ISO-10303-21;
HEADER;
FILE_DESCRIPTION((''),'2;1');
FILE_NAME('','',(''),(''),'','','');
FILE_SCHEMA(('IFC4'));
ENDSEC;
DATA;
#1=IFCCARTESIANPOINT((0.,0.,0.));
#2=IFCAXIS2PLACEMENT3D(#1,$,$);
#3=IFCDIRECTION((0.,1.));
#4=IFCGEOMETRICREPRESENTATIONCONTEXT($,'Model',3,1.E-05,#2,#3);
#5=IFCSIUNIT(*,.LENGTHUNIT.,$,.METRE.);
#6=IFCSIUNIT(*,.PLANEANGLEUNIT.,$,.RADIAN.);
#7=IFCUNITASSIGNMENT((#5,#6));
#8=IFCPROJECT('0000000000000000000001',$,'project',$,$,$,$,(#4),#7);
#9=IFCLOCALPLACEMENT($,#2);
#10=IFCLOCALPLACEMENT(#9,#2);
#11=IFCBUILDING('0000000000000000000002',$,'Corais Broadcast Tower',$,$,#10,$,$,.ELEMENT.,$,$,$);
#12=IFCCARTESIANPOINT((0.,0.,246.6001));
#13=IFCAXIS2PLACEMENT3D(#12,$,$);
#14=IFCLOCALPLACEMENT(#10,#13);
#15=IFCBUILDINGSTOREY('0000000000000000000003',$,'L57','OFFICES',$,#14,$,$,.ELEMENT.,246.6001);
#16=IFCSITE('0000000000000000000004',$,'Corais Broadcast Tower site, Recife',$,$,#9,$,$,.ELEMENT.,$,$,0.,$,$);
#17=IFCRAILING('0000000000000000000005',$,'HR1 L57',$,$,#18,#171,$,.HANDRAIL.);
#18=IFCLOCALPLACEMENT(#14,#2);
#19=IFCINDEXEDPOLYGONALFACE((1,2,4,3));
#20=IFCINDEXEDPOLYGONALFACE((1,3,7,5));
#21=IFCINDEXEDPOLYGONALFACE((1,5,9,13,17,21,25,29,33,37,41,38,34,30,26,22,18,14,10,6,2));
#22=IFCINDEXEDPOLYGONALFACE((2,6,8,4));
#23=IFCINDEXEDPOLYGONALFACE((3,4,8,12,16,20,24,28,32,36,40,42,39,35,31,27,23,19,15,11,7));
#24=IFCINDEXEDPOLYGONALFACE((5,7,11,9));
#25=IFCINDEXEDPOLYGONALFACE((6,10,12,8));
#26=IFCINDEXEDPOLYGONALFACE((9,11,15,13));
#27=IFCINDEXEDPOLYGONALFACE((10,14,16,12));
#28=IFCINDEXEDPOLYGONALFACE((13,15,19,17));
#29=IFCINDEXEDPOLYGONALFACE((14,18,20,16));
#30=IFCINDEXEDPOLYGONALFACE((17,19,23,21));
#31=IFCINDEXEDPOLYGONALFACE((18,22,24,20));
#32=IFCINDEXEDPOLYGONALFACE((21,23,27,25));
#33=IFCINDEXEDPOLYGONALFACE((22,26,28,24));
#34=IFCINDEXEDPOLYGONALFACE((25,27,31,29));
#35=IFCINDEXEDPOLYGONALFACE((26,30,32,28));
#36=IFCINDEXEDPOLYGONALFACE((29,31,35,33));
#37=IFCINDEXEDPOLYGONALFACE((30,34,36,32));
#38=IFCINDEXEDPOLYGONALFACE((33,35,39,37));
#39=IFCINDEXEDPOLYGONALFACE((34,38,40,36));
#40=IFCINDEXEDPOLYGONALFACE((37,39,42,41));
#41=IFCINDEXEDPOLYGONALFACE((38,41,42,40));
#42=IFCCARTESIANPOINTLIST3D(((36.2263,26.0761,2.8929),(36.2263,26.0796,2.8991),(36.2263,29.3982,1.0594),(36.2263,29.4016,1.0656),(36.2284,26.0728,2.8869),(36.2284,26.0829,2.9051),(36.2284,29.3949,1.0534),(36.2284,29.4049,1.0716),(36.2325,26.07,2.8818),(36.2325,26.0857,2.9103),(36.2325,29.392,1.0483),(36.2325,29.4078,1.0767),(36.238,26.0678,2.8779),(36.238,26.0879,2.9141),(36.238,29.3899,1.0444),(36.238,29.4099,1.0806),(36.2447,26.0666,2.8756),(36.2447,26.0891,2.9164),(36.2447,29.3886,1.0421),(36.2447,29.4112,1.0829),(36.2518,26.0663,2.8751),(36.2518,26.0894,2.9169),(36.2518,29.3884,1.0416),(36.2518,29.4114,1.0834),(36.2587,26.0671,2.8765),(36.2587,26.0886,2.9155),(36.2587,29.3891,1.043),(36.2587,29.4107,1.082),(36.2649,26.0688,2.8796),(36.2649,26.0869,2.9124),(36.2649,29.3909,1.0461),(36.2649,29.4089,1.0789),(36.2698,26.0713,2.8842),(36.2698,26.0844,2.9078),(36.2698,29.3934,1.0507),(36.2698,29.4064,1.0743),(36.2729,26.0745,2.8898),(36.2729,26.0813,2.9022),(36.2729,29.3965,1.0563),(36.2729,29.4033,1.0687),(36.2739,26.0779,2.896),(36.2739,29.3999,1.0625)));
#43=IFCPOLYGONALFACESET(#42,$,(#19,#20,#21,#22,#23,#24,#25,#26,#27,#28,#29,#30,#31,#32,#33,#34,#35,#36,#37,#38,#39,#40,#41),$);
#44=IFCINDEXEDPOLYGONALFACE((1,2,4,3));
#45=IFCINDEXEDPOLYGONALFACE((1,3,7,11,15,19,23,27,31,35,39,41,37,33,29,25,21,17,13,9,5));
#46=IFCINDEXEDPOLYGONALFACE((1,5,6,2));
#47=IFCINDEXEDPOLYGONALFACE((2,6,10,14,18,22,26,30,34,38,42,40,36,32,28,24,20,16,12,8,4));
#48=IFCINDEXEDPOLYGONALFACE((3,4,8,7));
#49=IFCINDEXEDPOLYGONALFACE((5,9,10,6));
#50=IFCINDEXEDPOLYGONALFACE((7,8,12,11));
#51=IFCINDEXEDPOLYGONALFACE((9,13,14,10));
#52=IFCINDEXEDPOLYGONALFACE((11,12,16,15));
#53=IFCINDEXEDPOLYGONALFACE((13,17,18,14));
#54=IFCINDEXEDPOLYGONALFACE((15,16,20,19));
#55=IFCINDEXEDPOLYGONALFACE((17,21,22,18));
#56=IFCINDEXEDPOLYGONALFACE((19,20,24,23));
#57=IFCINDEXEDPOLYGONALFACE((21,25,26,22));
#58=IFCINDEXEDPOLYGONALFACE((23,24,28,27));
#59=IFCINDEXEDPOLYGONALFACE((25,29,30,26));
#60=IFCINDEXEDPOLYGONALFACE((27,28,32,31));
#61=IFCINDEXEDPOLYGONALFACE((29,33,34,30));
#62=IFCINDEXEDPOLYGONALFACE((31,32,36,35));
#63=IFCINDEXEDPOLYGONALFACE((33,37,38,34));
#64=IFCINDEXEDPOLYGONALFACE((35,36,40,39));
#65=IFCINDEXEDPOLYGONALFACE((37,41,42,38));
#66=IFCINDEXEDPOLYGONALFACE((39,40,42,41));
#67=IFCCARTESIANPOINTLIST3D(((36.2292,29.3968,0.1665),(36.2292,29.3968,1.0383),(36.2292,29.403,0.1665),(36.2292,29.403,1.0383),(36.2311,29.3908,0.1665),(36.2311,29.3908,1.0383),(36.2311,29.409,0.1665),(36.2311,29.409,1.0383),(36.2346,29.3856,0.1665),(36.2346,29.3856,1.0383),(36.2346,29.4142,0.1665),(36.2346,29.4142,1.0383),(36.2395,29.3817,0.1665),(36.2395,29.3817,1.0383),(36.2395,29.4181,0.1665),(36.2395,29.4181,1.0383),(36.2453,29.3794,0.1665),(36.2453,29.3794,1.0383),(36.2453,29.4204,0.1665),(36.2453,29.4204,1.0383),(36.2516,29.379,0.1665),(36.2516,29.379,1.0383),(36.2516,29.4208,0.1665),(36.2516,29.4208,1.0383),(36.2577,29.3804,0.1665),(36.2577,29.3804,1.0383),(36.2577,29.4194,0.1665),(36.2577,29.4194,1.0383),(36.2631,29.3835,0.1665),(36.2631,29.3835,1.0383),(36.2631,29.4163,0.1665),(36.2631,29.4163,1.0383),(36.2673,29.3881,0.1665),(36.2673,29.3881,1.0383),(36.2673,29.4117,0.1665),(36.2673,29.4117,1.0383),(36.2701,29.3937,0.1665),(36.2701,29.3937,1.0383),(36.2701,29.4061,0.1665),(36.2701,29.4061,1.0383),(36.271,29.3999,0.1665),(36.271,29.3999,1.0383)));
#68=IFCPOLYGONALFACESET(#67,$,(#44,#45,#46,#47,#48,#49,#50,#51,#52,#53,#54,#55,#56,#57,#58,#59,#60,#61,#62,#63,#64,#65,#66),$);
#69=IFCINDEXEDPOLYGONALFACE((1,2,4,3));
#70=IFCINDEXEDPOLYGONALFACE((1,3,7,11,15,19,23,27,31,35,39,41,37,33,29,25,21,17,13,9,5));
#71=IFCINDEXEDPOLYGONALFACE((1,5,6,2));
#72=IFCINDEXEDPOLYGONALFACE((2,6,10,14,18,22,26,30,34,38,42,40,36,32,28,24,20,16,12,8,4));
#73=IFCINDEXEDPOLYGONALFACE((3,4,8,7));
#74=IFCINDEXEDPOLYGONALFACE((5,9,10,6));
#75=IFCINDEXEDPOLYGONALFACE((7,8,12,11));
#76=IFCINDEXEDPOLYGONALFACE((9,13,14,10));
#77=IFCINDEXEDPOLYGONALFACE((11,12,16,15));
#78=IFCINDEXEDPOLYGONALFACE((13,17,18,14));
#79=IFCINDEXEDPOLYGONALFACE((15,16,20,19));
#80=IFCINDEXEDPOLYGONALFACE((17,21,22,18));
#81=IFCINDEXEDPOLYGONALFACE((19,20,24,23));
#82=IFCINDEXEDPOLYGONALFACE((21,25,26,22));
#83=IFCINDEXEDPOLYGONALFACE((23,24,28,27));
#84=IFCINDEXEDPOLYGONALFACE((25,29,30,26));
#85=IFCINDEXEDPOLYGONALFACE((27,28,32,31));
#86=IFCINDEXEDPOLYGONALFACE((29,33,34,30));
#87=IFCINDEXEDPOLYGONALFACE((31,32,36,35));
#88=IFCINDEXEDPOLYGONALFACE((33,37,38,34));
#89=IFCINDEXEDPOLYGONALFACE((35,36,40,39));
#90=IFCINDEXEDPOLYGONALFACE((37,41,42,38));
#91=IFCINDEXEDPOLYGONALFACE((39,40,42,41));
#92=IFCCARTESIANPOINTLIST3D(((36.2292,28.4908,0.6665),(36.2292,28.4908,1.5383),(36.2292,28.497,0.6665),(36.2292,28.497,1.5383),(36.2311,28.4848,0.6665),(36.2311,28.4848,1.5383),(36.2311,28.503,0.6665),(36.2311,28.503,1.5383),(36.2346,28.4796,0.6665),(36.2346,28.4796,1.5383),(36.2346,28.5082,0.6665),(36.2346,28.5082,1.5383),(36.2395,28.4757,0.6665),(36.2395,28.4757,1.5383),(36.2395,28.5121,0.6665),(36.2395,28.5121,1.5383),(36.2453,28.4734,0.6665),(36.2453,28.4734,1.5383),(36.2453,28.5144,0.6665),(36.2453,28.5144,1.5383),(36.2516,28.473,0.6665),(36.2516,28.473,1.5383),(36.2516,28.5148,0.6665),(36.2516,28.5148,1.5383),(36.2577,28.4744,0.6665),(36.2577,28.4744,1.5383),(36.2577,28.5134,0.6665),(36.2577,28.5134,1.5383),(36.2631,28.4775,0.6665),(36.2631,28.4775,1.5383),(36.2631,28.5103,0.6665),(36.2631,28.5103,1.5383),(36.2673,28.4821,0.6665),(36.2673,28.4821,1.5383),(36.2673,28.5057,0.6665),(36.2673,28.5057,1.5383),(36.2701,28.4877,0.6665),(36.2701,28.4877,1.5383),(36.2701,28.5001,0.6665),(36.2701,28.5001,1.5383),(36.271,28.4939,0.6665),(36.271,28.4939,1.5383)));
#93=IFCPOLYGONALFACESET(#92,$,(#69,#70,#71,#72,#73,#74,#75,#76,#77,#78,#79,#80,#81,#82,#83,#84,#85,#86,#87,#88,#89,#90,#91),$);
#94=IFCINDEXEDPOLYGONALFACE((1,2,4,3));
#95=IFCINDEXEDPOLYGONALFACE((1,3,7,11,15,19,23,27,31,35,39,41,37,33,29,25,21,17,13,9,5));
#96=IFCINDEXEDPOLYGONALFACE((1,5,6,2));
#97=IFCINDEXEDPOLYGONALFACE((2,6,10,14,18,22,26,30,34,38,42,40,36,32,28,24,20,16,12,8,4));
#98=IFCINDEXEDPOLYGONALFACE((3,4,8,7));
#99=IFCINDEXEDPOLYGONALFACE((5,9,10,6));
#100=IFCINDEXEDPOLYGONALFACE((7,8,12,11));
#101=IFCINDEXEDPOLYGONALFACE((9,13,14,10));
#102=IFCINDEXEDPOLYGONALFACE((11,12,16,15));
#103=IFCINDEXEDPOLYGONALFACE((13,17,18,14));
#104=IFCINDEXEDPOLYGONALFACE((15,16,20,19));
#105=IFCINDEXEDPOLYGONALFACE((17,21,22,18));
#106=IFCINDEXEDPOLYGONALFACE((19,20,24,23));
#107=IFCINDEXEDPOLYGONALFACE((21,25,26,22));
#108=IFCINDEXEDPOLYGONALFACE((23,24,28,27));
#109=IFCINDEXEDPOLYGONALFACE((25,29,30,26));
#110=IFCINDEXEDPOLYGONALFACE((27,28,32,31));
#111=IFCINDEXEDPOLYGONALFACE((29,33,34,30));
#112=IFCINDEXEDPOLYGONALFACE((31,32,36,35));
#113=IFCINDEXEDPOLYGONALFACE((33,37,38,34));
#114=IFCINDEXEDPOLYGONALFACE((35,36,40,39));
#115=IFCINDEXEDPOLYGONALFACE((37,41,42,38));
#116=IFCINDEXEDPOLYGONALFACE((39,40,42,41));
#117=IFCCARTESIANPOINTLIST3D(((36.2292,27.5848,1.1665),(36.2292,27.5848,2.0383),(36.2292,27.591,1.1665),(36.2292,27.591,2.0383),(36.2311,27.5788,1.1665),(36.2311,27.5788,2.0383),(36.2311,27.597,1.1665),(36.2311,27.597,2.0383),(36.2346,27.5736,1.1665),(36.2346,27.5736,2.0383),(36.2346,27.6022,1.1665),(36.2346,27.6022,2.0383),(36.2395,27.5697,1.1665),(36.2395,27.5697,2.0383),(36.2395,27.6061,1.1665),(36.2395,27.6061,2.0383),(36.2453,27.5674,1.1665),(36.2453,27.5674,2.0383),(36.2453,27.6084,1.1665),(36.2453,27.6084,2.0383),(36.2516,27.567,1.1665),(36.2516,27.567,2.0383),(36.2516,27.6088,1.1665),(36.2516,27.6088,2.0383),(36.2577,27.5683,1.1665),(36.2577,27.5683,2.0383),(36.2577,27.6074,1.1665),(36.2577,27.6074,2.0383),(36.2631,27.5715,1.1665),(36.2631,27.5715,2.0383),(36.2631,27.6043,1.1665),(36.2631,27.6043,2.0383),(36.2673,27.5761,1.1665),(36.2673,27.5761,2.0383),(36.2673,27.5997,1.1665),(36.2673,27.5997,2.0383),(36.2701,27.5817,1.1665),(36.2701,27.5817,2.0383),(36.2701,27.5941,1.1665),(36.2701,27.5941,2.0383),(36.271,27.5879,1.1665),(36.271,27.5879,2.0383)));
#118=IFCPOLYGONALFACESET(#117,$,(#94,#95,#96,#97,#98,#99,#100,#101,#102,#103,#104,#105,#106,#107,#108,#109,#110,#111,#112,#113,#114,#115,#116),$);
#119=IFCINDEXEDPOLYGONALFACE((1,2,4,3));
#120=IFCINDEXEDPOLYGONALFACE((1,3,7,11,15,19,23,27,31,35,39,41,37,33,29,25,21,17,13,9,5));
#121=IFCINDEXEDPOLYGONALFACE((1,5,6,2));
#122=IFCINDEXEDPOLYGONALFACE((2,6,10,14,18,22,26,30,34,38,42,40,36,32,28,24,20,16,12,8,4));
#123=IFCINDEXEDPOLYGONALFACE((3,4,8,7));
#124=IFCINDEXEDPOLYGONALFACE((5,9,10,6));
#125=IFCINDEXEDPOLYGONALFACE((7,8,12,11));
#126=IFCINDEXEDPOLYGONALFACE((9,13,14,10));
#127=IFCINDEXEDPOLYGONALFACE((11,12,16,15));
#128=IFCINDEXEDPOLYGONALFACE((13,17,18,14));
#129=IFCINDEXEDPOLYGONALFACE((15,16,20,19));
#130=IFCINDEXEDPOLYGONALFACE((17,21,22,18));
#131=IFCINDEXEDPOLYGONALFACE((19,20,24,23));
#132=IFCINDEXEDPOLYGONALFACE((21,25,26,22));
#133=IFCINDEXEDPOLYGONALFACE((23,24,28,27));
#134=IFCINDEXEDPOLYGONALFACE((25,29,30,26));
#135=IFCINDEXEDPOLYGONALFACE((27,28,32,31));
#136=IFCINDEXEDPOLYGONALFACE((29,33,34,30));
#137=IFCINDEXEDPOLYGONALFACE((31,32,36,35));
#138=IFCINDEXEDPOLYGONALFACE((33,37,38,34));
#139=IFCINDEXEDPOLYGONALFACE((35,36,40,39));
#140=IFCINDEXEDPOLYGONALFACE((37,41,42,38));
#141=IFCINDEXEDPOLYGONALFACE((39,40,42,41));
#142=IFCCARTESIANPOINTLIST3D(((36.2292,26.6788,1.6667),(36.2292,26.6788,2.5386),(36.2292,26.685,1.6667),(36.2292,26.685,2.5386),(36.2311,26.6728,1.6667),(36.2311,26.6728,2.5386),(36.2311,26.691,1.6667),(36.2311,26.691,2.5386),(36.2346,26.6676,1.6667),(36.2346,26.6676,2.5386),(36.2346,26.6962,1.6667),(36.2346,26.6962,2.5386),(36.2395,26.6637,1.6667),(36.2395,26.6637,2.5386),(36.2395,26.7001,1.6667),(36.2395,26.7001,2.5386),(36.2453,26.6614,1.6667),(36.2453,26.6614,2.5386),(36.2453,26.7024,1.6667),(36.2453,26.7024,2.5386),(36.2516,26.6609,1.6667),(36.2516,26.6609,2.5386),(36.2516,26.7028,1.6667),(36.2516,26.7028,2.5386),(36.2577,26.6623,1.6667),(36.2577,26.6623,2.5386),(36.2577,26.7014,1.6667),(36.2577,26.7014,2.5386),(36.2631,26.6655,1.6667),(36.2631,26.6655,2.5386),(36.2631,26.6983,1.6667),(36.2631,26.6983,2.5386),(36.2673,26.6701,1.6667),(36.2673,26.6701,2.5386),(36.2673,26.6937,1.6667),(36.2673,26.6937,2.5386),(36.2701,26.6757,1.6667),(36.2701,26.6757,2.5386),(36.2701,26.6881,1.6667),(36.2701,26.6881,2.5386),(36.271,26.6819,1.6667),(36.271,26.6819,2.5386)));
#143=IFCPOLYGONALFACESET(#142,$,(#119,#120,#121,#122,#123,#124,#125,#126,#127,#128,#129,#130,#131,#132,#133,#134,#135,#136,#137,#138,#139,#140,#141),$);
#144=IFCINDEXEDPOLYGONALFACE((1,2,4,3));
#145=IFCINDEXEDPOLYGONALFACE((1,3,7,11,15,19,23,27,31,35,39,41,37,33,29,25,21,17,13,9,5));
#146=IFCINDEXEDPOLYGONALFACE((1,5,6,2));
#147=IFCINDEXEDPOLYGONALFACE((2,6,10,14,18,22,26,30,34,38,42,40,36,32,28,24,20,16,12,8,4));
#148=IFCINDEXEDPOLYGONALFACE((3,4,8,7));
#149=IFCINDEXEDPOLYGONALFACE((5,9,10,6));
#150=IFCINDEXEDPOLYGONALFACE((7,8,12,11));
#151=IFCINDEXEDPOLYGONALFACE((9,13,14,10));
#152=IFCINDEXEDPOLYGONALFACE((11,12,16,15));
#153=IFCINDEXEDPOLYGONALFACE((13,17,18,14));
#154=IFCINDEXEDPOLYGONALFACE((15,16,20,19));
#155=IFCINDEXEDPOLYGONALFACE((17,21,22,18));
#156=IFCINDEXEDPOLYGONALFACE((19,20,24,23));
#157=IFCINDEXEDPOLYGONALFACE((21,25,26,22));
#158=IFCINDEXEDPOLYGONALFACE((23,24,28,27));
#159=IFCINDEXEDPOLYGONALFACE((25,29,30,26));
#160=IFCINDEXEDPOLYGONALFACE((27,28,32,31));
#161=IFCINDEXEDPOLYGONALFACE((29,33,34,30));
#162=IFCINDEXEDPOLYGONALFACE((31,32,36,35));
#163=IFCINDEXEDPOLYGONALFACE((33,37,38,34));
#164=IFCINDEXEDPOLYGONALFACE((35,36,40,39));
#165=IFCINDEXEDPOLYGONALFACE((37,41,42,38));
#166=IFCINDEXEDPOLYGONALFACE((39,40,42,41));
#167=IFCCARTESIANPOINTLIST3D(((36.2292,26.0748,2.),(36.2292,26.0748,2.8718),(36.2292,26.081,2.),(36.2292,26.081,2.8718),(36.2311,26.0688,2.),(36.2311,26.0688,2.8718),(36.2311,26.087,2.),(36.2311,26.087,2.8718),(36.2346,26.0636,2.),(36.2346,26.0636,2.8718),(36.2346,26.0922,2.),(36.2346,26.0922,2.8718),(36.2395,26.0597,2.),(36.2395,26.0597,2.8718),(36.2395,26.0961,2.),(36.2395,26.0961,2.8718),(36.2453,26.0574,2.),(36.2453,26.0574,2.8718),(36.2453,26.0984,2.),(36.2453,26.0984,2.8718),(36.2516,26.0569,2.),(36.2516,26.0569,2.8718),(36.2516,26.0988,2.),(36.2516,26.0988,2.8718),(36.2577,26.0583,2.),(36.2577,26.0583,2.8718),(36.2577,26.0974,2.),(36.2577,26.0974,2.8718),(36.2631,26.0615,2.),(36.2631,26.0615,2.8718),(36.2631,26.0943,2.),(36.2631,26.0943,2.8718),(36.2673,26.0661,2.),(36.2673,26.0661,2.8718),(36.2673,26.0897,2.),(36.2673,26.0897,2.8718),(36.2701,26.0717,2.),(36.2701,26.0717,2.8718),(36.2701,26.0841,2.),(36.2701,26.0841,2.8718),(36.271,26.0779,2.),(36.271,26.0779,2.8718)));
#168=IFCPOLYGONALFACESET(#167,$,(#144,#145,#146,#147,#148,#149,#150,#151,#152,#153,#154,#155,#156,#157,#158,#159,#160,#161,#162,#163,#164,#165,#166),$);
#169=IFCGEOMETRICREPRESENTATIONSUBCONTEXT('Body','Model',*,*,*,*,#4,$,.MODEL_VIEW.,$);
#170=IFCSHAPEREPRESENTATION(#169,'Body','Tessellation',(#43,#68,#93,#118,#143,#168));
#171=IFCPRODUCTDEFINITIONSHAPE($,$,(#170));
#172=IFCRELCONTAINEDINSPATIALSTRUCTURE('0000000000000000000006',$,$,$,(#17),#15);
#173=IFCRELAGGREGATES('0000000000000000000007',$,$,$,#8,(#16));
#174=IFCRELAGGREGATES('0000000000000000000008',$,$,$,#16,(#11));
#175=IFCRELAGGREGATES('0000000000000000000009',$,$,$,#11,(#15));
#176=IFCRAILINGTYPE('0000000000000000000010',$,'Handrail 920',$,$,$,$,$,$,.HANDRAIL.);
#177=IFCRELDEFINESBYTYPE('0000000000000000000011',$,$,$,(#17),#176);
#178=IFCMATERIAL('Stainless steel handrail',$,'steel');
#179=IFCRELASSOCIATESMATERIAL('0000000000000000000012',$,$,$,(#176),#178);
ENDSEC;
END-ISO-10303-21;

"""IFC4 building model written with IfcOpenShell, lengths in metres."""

from ifc_helpers import new_model, si_unit, direction, frame, origin, origin_2d, place, context, subcontext, project, spatial, circle, extrude, material, type_object, element, save


model = new_model("IFC4")

# Units and contexts
model_context = context("Model", 3, precision=1e-05, world=origin(), true_north=direction((0.0, 1.0)))
body_context = subcontext(model_context, "Body", "Model", "MODEL_VIEW")
ifc_project = project(units=[si_unit("LENGTHUNIT", "METRE"), si_unit("PLANEANGLEUNIT", "RADIAN")], contexts=[model_context])

# Site, building, storey
site_placement = place(None, origin())
site = spatial("IfcSite", under=ifc_project, at=site_placement, Name="Corais Broadcast Tower site, Recife", CompositionType="ELEMENT", RefElevation=0.0)
building_placement = place(site_placement, origin())
building = spatial("IfcBuilding", under=site, at=building_placement, Name="Corais Broadcast Tower", CompositionType="ELEMENT")
storey_placement = place(building_placement, frame((0.0, 0.0, 246.6001)))
storey = spatial("IfcBuildingStorey", under=building, at=storey_placement, Name="L57", Description="OFFICES", CompositionType="ELEMENT", Elevation=246.6001)

# Railing
ifc_material_1 = material(Name="Stainless steel handrail", Category="steel")
railing_type = type_object("IfcRailingType", Name="Handrail 920", PredefinedType="HANDRAIL", material=ifc_material_1)
for number, where, name in (
    (1, (36.25, 29.3999, 0.1665), "HR1 L57"),
):
    element("IfcRailing", number, at=place(storey_placement, frame(where)), inside=storey, type_object=railing_type, Name=name, PredefinedType="HANDRAIL", context=body_context, shape_type="SweptSolid", body=[
        extrude(circle(Radius=0.0239, at=origin_2d()), frame((0.0, 0.0, 0.896), z_axis=(0.0, -0.875504, 0.48321), x_axis=(1.0, 0.0, 0.0)), (0.0, 0.0, 1.0), 3.7944),
        extrude(circle(Radius=0.021, at=origin_2d()), origin(), (0.0, 0.0, 1.0), 0.8718),
        extrude(circle(Radius=0.021, at=origin_2d()), frame((0.0, -0.906, 0.5)), (0.0, 0.0, 1.0), 0.8718),
        extrude(circle(Radius=0.021, at=origin_2d()), frame((0.0, -1.812, 1.0)), (0.0, 0.0, 1.0), 0.8718),
        extrude(circle(Radius=0.021, at=origin_2d()), frame((0.0, -2.718, 1.5002)), (0.0, 0.0, 1.0), 0.8718),
        extrude(circle(Radius=0.021, at=origin_2d()), frame((0.0, -3.322, 1.8335)), (0.0, 0.0, 1.0), 0.8718),
    ])

save(model, "model.ifc")
